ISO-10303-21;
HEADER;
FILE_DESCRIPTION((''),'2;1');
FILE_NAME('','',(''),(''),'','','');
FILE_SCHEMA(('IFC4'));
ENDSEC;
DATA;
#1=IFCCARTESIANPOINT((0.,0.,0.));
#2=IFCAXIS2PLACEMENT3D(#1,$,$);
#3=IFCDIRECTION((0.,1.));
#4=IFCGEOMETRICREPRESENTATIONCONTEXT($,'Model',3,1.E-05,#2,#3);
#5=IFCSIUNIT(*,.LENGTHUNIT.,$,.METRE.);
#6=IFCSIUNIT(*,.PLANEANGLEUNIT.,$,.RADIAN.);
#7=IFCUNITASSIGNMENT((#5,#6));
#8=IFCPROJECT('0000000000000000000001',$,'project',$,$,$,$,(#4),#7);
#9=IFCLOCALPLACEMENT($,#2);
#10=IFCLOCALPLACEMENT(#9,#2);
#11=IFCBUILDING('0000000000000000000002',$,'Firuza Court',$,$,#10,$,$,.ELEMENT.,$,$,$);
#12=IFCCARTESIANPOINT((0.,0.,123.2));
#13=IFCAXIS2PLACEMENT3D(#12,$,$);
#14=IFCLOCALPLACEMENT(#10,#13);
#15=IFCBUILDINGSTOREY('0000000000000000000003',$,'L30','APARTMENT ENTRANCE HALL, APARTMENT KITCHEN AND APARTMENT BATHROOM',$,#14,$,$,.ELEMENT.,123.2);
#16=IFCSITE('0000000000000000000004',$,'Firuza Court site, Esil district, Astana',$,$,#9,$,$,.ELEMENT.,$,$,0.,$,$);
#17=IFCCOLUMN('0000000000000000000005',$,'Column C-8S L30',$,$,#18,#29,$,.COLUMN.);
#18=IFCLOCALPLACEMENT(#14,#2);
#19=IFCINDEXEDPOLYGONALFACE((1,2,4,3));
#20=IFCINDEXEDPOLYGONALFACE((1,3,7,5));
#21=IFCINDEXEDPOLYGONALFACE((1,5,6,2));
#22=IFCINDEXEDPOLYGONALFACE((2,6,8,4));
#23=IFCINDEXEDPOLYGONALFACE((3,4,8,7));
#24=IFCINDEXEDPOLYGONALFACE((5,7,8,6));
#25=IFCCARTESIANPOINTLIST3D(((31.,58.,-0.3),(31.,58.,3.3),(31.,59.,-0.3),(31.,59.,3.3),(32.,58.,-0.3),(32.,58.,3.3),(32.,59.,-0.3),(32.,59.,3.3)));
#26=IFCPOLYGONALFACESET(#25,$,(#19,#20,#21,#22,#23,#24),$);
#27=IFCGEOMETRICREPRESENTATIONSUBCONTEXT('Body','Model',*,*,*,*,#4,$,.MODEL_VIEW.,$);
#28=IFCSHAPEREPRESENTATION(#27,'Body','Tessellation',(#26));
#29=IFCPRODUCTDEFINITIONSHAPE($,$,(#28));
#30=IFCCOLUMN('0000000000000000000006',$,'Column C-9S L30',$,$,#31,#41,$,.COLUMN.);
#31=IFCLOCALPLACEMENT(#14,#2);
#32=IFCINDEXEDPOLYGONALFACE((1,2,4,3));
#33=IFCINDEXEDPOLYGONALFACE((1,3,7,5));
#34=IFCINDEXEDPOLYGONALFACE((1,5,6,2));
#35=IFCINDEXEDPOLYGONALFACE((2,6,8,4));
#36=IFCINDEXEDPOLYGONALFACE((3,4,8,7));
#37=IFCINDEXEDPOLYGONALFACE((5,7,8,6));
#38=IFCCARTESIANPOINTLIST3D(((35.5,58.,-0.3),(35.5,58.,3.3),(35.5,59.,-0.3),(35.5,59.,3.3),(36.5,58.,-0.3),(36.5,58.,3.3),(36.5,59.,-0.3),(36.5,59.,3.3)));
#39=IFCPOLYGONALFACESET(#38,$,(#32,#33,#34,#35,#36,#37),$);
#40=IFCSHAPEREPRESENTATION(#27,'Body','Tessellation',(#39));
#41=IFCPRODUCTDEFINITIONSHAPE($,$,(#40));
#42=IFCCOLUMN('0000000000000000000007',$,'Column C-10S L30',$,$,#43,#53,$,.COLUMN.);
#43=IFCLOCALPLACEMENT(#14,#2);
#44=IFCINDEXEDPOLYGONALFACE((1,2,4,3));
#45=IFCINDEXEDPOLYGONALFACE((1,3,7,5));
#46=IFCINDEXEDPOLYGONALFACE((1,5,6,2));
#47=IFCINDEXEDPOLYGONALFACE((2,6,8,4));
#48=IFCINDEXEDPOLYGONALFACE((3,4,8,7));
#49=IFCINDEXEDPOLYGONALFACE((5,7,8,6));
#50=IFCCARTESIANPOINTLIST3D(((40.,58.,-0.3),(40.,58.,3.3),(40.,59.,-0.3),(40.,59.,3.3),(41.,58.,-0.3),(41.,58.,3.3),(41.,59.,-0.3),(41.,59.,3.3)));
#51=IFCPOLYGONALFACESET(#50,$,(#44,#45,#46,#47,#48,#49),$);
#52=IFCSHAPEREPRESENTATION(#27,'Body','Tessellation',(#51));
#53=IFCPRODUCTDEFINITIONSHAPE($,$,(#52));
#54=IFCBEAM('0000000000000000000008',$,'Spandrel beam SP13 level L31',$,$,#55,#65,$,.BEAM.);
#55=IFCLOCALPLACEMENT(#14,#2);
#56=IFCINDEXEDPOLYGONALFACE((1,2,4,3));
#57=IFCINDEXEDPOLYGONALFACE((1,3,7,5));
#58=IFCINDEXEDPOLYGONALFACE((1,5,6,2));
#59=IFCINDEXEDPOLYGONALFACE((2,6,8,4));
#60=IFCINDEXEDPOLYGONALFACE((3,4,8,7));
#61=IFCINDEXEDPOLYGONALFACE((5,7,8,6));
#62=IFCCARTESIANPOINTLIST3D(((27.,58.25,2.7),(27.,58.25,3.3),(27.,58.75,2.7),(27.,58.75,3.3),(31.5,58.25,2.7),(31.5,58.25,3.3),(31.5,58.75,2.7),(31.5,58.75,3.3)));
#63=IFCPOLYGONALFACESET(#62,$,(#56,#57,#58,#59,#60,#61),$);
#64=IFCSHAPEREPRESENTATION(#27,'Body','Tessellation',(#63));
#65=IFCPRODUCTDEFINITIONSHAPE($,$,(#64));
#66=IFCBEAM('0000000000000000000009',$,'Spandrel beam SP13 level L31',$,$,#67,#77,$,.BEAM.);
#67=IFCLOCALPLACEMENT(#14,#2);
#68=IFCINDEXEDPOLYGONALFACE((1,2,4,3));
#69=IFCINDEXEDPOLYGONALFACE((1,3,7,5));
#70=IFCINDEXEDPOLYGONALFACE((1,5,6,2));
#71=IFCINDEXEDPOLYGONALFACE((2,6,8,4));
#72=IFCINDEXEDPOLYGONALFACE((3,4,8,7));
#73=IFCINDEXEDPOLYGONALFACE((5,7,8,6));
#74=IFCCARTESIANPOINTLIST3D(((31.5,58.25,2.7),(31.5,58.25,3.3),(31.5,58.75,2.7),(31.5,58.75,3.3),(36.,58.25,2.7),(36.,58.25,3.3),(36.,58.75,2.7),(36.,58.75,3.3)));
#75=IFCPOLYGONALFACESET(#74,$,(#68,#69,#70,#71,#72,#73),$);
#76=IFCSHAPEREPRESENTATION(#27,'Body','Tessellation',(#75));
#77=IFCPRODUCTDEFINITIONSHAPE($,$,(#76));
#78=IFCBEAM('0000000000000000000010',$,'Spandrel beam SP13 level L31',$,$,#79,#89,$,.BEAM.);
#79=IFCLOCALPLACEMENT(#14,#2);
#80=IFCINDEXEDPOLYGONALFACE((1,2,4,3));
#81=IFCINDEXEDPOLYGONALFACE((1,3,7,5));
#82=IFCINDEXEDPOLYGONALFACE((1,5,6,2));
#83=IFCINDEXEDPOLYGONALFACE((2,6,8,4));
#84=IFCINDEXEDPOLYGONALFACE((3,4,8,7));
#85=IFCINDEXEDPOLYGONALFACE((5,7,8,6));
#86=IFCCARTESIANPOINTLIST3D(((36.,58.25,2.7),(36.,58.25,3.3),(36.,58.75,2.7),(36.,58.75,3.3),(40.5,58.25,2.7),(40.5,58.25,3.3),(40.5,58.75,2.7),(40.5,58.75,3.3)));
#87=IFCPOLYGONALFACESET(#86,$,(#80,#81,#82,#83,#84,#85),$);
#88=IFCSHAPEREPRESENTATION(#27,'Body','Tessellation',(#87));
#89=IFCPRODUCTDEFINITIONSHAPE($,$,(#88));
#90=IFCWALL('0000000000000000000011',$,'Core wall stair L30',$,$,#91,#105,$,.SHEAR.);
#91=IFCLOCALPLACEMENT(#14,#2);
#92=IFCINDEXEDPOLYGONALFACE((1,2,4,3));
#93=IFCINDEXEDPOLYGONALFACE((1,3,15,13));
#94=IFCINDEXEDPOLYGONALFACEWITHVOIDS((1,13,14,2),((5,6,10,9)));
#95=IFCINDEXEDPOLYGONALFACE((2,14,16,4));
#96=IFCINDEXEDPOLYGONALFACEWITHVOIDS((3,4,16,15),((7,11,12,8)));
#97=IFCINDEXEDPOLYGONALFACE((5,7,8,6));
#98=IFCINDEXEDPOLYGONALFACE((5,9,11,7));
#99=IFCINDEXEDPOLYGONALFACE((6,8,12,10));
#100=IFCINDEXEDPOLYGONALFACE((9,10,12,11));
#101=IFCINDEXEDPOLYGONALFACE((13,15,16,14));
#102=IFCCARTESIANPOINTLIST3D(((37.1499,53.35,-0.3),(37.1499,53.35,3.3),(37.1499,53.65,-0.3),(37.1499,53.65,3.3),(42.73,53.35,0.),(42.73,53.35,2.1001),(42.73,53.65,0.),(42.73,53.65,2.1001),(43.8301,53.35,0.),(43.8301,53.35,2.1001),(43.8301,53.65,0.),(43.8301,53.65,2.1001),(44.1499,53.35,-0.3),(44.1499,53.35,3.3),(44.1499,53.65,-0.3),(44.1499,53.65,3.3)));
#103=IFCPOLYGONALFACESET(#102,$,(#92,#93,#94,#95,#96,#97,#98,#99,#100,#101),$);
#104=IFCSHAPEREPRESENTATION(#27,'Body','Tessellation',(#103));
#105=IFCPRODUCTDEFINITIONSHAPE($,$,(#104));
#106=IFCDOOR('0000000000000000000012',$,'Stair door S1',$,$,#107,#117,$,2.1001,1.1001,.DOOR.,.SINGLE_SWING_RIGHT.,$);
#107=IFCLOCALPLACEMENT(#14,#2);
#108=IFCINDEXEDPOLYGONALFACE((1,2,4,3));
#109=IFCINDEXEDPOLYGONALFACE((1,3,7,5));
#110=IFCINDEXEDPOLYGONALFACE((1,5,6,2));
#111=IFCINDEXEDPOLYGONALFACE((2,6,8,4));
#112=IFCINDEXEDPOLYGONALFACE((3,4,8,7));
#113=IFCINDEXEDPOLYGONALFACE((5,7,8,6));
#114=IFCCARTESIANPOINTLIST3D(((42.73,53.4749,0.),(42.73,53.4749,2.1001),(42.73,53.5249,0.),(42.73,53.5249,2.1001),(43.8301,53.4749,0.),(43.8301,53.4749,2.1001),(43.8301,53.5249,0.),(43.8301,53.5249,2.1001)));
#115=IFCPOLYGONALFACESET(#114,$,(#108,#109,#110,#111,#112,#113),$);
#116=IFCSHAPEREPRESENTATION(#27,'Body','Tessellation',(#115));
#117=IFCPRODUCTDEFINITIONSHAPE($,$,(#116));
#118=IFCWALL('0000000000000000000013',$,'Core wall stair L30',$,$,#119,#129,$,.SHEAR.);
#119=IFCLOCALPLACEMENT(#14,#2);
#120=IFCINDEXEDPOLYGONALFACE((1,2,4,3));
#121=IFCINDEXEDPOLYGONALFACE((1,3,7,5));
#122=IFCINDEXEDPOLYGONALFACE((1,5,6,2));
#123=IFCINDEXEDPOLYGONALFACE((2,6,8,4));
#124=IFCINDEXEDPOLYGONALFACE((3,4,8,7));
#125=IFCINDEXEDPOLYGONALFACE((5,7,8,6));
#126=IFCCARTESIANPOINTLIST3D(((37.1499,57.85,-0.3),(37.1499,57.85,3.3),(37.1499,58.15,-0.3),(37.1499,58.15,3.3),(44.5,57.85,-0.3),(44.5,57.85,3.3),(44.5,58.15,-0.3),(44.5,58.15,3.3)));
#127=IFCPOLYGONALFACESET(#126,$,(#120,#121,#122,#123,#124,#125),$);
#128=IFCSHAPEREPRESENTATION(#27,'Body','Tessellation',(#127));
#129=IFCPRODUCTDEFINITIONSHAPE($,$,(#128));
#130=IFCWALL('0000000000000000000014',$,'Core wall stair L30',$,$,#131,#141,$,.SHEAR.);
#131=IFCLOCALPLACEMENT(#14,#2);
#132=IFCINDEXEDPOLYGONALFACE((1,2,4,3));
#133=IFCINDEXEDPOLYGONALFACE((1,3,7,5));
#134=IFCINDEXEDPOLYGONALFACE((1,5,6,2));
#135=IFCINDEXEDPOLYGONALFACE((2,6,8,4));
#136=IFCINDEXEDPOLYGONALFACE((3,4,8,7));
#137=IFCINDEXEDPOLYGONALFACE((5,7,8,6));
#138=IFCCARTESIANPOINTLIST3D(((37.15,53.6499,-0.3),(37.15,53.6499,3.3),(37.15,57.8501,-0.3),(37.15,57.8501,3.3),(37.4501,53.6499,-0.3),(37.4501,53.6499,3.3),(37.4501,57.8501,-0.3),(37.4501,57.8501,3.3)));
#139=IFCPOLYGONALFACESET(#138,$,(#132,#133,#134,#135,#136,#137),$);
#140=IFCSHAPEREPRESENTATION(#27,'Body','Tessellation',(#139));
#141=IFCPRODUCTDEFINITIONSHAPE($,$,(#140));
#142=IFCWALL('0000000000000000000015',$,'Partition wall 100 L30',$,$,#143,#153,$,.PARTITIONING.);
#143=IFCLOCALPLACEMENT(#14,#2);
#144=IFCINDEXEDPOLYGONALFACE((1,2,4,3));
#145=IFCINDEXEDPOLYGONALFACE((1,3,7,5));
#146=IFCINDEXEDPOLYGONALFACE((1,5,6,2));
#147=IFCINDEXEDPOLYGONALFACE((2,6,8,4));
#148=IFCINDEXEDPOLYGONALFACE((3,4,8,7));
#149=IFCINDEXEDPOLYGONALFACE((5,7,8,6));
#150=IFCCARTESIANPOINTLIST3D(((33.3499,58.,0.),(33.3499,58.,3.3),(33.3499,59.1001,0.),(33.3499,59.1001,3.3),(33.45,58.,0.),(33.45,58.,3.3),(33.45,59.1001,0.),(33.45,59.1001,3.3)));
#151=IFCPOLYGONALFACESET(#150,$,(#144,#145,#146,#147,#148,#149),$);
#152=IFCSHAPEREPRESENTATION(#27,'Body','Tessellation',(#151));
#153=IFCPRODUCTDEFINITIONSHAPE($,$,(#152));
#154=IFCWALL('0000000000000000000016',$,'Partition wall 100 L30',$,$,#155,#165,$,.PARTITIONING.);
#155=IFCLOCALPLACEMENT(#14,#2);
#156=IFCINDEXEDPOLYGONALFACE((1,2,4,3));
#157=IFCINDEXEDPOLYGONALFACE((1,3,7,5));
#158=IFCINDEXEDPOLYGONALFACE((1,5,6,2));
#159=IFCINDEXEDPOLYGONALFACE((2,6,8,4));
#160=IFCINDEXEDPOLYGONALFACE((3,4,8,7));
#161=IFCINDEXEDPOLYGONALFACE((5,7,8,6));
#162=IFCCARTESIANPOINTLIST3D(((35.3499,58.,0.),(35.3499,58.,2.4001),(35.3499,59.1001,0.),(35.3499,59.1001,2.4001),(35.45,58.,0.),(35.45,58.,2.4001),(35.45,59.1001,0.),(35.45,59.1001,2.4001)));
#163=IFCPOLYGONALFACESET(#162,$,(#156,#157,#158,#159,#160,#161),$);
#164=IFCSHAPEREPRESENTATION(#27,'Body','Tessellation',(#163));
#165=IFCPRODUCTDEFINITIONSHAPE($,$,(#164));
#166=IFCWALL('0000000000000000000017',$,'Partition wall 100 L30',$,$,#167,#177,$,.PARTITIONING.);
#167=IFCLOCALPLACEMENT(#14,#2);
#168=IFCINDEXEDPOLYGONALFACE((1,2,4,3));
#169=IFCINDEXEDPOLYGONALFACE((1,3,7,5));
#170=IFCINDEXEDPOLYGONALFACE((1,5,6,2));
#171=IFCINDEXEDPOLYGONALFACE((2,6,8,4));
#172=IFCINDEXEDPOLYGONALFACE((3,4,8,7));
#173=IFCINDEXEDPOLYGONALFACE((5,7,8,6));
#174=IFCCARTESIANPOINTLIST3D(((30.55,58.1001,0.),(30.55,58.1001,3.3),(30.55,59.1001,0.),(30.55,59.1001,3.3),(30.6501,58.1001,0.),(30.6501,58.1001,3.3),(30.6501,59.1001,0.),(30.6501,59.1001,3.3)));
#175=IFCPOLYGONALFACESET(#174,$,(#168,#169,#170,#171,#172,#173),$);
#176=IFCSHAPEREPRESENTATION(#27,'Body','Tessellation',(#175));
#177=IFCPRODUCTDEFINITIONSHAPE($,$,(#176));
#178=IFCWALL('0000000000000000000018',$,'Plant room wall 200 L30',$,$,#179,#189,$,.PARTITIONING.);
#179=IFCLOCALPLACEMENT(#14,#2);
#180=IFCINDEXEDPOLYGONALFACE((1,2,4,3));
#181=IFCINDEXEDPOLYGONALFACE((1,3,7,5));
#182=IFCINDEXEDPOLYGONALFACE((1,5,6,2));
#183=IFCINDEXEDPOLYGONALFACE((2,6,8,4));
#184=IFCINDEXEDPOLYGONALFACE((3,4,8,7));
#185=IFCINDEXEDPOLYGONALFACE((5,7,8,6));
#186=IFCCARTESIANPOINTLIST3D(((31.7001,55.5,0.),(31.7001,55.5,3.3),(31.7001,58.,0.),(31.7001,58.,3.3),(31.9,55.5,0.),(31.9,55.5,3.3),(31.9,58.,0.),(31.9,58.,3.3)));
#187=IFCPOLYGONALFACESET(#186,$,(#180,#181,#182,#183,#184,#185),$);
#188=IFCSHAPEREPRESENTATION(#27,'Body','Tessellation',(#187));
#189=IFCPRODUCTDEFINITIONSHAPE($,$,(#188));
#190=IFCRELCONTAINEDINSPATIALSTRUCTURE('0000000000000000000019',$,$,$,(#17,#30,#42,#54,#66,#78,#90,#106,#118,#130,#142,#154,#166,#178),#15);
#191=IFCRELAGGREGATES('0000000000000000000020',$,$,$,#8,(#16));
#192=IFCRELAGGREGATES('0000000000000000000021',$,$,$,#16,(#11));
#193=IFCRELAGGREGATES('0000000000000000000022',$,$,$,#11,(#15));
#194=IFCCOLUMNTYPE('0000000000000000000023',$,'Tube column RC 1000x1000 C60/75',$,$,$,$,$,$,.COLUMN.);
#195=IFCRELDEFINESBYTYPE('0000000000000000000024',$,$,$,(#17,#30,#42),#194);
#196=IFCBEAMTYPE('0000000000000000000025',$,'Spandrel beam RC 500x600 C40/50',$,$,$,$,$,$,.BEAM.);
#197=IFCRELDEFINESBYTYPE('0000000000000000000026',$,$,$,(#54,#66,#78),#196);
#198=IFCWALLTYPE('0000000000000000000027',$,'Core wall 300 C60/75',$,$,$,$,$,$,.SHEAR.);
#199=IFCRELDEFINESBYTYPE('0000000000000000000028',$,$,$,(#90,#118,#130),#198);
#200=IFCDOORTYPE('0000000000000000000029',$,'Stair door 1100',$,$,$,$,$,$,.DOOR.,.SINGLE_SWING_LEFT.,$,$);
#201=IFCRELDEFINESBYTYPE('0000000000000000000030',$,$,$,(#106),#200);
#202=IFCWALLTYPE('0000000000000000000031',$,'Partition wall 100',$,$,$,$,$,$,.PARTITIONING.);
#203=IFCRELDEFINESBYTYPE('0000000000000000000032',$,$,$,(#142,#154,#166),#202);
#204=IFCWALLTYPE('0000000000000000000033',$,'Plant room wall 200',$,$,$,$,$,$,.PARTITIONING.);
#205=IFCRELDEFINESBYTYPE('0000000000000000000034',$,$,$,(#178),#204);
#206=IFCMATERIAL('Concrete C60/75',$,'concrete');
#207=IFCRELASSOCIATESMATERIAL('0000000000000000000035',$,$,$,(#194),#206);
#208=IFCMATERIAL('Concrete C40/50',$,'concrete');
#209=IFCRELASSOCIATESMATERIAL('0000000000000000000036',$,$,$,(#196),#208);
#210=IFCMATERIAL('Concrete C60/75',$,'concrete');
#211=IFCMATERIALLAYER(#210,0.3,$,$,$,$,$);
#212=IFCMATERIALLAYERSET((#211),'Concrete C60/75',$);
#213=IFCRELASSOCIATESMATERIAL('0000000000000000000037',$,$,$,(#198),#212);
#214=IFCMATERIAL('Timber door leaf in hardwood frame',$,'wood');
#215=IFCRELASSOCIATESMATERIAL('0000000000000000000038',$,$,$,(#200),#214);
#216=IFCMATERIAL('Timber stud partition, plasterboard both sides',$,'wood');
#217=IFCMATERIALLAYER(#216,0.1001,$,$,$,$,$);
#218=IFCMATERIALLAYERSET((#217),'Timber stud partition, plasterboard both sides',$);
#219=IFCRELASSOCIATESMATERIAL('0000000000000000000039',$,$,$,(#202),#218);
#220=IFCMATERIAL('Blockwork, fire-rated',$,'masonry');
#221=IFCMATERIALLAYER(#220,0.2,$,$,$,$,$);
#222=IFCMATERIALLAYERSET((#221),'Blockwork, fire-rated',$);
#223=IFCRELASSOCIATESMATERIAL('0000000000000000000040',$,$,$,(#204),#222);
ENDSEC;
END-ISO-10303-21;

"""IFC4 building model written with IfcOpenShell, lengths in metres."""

from ifc_helpers import new_model, si_unit, direction, frame, frame_2d, origin, origin_2d, place, context, subcontext, project, spatial, rectangle, extrude, material, layer, layer_set, material_profile, profile_set, type_object, element, fill, save


model = new_model("IFC4")

# Units and contexts
model_context = context("Model", 3, precision=1e-05, world=origin(), true_north=direction((0.0, 1.0)))
body_context = subcontext(model_context, "Body", "Model", "MODEL_VIEW")
ifc_project = project(units=[si_unit("LENGTHUNIT", "METRE"), si_unit("PLANEANGLEUNIT", "RADIAN")], contexts=[model_context])

# Site, building, storey
site_placement = place(None, origin())
site = spatial("IfcSite", under=ifc_project, at=site_placement, Name="Firuza Court site, Esil district, Astana", CompositionType="ELEMENT", RefElevation=0.0)
building_placement = place(site_placement, origin())
building = spatial("IfcBuilding", under=site, at=building_placement, Name="Firuza Court", CompositionType="ELEMENT")
storey_placement = place(building_placement, frame((0.0, 0.0, 123.2)))
storey = spatial("IfcBuildingStorey", under=building, at=storey_placement, Name="L30", Description="APARTMENT ENTRANCE HALL, APARTMENT KITCHEN AND APARTMENT BATHROOM", CompositionType="ELEMENT", Elevation=123.2)

# Columns
ifc_material_1 = material(Name="Concrete C60/75", Category="concrete")
ifc_material_profile_1 = material_profile(ifc_material_1, rectangle(XDim=1.0, YDim=1.0, at=origin_2d()), Name="RC 1000x1000")
ifc_profile_set_1 = profile_set([ifc_material_profile_1], Name="Concrete C60/75")
column_type = type_object("IfcColumnType", Name="Tube column RC 1000x1000 C60/75", PredefinedType="COLUMN", material=ifc_profile_set_1)
for number, where, z_axis, x_axis, name in (
    (1, (31.5, 58.5, -0.3), (0.0, 0.0, 1.0), (1.0, 0.0, 0.0), "Column C-8S L30"),
    (2, (36.0, 58.5, -0.3), (0.0, 0.0, 1.0), (1.0, 0.0, 0.0), "Column C-9S L30"),
    (3, (40.5, 58.5, -0.3), (0.0, 0.0, 1.0), (1.0, 0.0, 0.0), "Column C-10S L30"),
):
    element("IfcColumn", number, at=place(storey_placement, frame(where, z_axis=z_axis, x_axis=x_axis)), inside=storey, type_object=column_type, Name=name, PredefinedType="COLUMN", context=body_context, shape_type="SweptSolid", body=[
        extrude(rectangle(XDim=1.0, YDim=1.0, at=origin_2d()), origin(), (0.0, 0.0, 1.0), 3.6001),
    ])

# Beams
ifc_material_2 = material(Name="Concrete C40/50", Category="concrete")
ifc_material_profile_2 = material_profile(ifc_material_2, rectangle(XDim=0.5, YDim=0.6001, at=origin_2d()), Name="RC 500x600")
ifc_profile_set_2 = profile_set([ifc_material_profile_2], Name="Concrete C40/50")
beam_type = type_object("IfcBeamType", Name="Spandrel beam RC 500x600 C40/50", PredefinedType="BEAM", material=ifc_profile_set_2)
for number, where, z_axis, x_axis, name in (
    (4, (31.5, 58.5, 3.0), (-1.0, 0.0, 0.0), (0.0, -1.0, 0.0), "Spandrel beam SP13 level L31"),
    (5, (36.0, 58.5, 3.0), (-1.0, 0.0, 0.0), (0.0, -1.0, 0.0), "Spandrel beam SP13 level L31"),
    (6, (40.5, 58.5, 3.0), (-1.0, 0.0, 0.0), (0.0, -1.0, 0.0), "Spandrel beam SP13 level L31"),
):
    element("IfcBeam", number, at=place(storey_placement, frame(where, z_axis=z_axis, x_axis=x_axis)), inside=storey, type_object=beam_type, Name=name, PredefinedType="BEAM", context=body_context, shape_type="SweptSolid", body=[
        extrude(rectangle(XDim=0.5, YDim=0.6001, at=origin_2d()), origin(), (0.0, 0.0, 1.0), 4.5),
    ])

# Wall, opening, door
ifc_material_3 = material(Name="Concrete C60/75", Category="concrete")
ifc_layer_1 = layer(ifc_material_3, 0.3)
ifc_layer_set_1 = layer_set([ifc_layer_1], Name="Concrete C60/75")
wall_type_1 = type_object("IfcWallType", Name="Core wall 300 C60/75", PredefinedType="SHEAR", material=ifc_layer_set_1)
wall_1_placement = place(storey_placement, frame((37.1499, 53.5, -0.3), z_axis=(0.0, 0.0, 1.0), x_axis=(1.0, 0.0, 0.0)))
wall_1 = element("IfcWall", 7, at=wall_1_placement, inside=storey, type_object=wall_type_1, Name="Core wall stair L30", PredefinedType="SHEAR", context=body_context, shape_type="SweptSolid", body=[
    extrude(rectangle(XDim=7.0, YDim=0.3, at=frame_2d((3.5, 0.0))), origin(), (0.0, 0.0, 1.0), 3.6001),
])
opening_1_placement = place(wall_1_placement, frame((5.5801, 0.0, 0.3)))
opening_1 = element("IfcOpeningElement", 8, at=opening_1_placement, cuts=wall_1, PredefinedType="OPENING", context=body_context, shape_type="SweptSolid", body=[
    extrude(rectangle(XDim=1.1001, YDim=2.1001, at=frame_2d((0.55, 1.05))), frame((0.0, 0.1621, 0.0), z_axis=(0.0, -1.0, 0.0), x_axis=(1.0, 0.0, 0.0)), (0.0, 0.0, 1.0), 0.324),
])
ifc_material_4 = material(Name="Timber door leaf in hardwood frame", Category="wood")
door_type_1 = type_object("IfcDoorType", Name="Stair door 1100", OperationType="SINGLE_SWING_LEFT", PredefinedType="DOOR", material=ifc_material_4)
door_1_placement = place(opening_1_placement, origin())
door_1 = element("IfcDoor", 9, at=door_1_placement, inside=storey, type_object=door_type_1, Name="Stair door S1", OperationType="SINGLE_SWING_RIGHT", OverallHeight=2.1001, OverallWidth=1.1001, PredefinedType="DOOR", context=body_context, shape_type="SweptSolid", body=[
    extrude(rectangle(XDim=1.1001, YDim=2.1001, at=frame_2d((0.55, 1.05))), frame((0.0, 0.0249, 0.0), z_axis=(0.0, -1.0, 0.0), x_axis=(1.0, 0.0, 0.0)), (0.0, 0.0, 1.0), 0.05),
])
fill(opening_1, door_1)

# Walls
wall_2_placement = place(storey_placement, frame((37.1499, 58.0, -0.3), z_axis=(0.0, 0.0, 1.0), x_axis=(1.0, 0.0, 0.0)))
element("IfcWall", 10, at=wall_2_placement, inside=storey, type_object=wall_type_1, Name="Core wall stair L30", PredefinedType="SHEAR", context=body_context, shape_type="SweptSolid", body=[
    extrude(rectangle(XDim=7.3501, YDim=0.3, at=frame_2d((3.675, 0.0))), origin(), (0.0, 0.0, 1.0), 3.6001),
])
wall_3_placement = place(storey_placement, frame((37.3, 53.6499, -0.3), z_axis=(0.0, 0.0, 1.0), x_axis=(0.0, 1.0, 0.0)))
element("IfcWall", 11, at=wall_3_placement, inside=storey, type_object=wall_type_1, Name="Core wall stair L30", PredefinedType="SHEAR", context=body_context, shape_type="SweptSolid", body=[
    extrude(rectangle(XDim=4.2002, YDim=0.3, at=frame_2d((2.1001, 0.0))), origin(), (0.0, 0.0, 1.0), 3.6001),
])
ifc_material_5 = material(Name="Timber stud partition, plasterboard both sides", Category="wood")
ifc_layer_2 = layer(ifc_material_5, 0.1001)
ifc_layer_set_2 = layer_set([ifc_layer_2], Name="Timber stud partition, plasterboard both sides")
wall_type_2 = type_object("IfcWallType", Name="Partition wall 100", PredefinedType="PARTITIONING", material=ifc_layer_set_2)
wall_4_placement = place(storey_placement, frame((33.3999, 58.0, 0.0), z_axis=(0.0, 0.0, 1.0), x_axis=(0.0, 1.0, 0.0)))
element("IfcWall", 12, at=wall_4_placement, inside=storey, type_object=wall_type_2, Name="Partition wall 100 L30", PredefinedType="PARTITIONING", context=body_context, shape_type="SweptSolid", body=[
    extrude(rectangle(XDim=1.1001, YDim=0.1001, at=frame_2d((0.55, 0.0))), origin(), (0.0, 0.0, 1.0), 3.3),
])
wall_5_placement = place(storey_placement, frame((35.3999, 58.0, 0.0), z_axis=(0.0, 0.0, 1.0), x_axis=(0.0, 1.0, 0.0)))
element("IfcWall", 13, at=wall_5_placement, inside=storey, type_object=wall_type_2, Name="Partition wall 100 L30", PredefinedType="PARTITIONING", context=body_context, shape_type="SweptSolid", body=[
    extrude(rectangle(XDim=1.1001, YDim=0.1001, at=frame_2d((0.55, 0.0))), origin(), (0.0, 0.0, 1.0), 2.4001),
])
wall_6_placement = place(storey_placement, frame((30.6001, 58.1001, 0.0), z_axis=(0.0, 0.0, 1.0), x_axis=(0.0, 1.0, 0.0)))
element("IfcWall", 14, at=wall_6_placement, inside=storey, type_object=wall_type_2, Name="Partition wall 100 L30", PredefinedType="PARTITIONING", context=body_context, shape_type="SweptSolid", body=[
    extrude(rectangle(XDim=1.0, YDim=0.1001, at=frame_2d((0.5, 0.0))), origin(), (0.0, 0.0, 1.0), 3.3),
])
ifc_material_6 = material(Name="Blockwork, fire-rated", Category="masonry")
ifc_layer_3 = layer(ifc_material_6, 0.2)
ifc_layer_set_3 = layer_set([ifc_layer_3], Name="Blockwork, fire-rated")
wall_type_3 = type_object("IfcWallType", Name="Plant room wall 200", PredefinedType="PARTITIONING", material=ifc_layer_set_3)
for number, where, z_axis, x_axis, name in (
    (15, (31.8, 55.5, 0.0), (0.0, 0.0, 1.0), (0.0, 1.0, 0.0), "Plant room wall 200 L30"),
):
    element("IfcWall", number, at=place(storey_placement, frame(where, z_axis=z_axis, x_axis=x_axis)), inside=storey, type_object=wall_type_3, Name=name, PredefinedType="PARTITIONING", context=body_context, shape_type="SweptSolid", body=[
        extrude(rectangle(XDim=2.5, YDim=0.2, at=frame_2d((1.25, 0.0))), origin(), (0.0, 0.0, 1.0), 3.3),
    ])

save(model, "model.ifc")
